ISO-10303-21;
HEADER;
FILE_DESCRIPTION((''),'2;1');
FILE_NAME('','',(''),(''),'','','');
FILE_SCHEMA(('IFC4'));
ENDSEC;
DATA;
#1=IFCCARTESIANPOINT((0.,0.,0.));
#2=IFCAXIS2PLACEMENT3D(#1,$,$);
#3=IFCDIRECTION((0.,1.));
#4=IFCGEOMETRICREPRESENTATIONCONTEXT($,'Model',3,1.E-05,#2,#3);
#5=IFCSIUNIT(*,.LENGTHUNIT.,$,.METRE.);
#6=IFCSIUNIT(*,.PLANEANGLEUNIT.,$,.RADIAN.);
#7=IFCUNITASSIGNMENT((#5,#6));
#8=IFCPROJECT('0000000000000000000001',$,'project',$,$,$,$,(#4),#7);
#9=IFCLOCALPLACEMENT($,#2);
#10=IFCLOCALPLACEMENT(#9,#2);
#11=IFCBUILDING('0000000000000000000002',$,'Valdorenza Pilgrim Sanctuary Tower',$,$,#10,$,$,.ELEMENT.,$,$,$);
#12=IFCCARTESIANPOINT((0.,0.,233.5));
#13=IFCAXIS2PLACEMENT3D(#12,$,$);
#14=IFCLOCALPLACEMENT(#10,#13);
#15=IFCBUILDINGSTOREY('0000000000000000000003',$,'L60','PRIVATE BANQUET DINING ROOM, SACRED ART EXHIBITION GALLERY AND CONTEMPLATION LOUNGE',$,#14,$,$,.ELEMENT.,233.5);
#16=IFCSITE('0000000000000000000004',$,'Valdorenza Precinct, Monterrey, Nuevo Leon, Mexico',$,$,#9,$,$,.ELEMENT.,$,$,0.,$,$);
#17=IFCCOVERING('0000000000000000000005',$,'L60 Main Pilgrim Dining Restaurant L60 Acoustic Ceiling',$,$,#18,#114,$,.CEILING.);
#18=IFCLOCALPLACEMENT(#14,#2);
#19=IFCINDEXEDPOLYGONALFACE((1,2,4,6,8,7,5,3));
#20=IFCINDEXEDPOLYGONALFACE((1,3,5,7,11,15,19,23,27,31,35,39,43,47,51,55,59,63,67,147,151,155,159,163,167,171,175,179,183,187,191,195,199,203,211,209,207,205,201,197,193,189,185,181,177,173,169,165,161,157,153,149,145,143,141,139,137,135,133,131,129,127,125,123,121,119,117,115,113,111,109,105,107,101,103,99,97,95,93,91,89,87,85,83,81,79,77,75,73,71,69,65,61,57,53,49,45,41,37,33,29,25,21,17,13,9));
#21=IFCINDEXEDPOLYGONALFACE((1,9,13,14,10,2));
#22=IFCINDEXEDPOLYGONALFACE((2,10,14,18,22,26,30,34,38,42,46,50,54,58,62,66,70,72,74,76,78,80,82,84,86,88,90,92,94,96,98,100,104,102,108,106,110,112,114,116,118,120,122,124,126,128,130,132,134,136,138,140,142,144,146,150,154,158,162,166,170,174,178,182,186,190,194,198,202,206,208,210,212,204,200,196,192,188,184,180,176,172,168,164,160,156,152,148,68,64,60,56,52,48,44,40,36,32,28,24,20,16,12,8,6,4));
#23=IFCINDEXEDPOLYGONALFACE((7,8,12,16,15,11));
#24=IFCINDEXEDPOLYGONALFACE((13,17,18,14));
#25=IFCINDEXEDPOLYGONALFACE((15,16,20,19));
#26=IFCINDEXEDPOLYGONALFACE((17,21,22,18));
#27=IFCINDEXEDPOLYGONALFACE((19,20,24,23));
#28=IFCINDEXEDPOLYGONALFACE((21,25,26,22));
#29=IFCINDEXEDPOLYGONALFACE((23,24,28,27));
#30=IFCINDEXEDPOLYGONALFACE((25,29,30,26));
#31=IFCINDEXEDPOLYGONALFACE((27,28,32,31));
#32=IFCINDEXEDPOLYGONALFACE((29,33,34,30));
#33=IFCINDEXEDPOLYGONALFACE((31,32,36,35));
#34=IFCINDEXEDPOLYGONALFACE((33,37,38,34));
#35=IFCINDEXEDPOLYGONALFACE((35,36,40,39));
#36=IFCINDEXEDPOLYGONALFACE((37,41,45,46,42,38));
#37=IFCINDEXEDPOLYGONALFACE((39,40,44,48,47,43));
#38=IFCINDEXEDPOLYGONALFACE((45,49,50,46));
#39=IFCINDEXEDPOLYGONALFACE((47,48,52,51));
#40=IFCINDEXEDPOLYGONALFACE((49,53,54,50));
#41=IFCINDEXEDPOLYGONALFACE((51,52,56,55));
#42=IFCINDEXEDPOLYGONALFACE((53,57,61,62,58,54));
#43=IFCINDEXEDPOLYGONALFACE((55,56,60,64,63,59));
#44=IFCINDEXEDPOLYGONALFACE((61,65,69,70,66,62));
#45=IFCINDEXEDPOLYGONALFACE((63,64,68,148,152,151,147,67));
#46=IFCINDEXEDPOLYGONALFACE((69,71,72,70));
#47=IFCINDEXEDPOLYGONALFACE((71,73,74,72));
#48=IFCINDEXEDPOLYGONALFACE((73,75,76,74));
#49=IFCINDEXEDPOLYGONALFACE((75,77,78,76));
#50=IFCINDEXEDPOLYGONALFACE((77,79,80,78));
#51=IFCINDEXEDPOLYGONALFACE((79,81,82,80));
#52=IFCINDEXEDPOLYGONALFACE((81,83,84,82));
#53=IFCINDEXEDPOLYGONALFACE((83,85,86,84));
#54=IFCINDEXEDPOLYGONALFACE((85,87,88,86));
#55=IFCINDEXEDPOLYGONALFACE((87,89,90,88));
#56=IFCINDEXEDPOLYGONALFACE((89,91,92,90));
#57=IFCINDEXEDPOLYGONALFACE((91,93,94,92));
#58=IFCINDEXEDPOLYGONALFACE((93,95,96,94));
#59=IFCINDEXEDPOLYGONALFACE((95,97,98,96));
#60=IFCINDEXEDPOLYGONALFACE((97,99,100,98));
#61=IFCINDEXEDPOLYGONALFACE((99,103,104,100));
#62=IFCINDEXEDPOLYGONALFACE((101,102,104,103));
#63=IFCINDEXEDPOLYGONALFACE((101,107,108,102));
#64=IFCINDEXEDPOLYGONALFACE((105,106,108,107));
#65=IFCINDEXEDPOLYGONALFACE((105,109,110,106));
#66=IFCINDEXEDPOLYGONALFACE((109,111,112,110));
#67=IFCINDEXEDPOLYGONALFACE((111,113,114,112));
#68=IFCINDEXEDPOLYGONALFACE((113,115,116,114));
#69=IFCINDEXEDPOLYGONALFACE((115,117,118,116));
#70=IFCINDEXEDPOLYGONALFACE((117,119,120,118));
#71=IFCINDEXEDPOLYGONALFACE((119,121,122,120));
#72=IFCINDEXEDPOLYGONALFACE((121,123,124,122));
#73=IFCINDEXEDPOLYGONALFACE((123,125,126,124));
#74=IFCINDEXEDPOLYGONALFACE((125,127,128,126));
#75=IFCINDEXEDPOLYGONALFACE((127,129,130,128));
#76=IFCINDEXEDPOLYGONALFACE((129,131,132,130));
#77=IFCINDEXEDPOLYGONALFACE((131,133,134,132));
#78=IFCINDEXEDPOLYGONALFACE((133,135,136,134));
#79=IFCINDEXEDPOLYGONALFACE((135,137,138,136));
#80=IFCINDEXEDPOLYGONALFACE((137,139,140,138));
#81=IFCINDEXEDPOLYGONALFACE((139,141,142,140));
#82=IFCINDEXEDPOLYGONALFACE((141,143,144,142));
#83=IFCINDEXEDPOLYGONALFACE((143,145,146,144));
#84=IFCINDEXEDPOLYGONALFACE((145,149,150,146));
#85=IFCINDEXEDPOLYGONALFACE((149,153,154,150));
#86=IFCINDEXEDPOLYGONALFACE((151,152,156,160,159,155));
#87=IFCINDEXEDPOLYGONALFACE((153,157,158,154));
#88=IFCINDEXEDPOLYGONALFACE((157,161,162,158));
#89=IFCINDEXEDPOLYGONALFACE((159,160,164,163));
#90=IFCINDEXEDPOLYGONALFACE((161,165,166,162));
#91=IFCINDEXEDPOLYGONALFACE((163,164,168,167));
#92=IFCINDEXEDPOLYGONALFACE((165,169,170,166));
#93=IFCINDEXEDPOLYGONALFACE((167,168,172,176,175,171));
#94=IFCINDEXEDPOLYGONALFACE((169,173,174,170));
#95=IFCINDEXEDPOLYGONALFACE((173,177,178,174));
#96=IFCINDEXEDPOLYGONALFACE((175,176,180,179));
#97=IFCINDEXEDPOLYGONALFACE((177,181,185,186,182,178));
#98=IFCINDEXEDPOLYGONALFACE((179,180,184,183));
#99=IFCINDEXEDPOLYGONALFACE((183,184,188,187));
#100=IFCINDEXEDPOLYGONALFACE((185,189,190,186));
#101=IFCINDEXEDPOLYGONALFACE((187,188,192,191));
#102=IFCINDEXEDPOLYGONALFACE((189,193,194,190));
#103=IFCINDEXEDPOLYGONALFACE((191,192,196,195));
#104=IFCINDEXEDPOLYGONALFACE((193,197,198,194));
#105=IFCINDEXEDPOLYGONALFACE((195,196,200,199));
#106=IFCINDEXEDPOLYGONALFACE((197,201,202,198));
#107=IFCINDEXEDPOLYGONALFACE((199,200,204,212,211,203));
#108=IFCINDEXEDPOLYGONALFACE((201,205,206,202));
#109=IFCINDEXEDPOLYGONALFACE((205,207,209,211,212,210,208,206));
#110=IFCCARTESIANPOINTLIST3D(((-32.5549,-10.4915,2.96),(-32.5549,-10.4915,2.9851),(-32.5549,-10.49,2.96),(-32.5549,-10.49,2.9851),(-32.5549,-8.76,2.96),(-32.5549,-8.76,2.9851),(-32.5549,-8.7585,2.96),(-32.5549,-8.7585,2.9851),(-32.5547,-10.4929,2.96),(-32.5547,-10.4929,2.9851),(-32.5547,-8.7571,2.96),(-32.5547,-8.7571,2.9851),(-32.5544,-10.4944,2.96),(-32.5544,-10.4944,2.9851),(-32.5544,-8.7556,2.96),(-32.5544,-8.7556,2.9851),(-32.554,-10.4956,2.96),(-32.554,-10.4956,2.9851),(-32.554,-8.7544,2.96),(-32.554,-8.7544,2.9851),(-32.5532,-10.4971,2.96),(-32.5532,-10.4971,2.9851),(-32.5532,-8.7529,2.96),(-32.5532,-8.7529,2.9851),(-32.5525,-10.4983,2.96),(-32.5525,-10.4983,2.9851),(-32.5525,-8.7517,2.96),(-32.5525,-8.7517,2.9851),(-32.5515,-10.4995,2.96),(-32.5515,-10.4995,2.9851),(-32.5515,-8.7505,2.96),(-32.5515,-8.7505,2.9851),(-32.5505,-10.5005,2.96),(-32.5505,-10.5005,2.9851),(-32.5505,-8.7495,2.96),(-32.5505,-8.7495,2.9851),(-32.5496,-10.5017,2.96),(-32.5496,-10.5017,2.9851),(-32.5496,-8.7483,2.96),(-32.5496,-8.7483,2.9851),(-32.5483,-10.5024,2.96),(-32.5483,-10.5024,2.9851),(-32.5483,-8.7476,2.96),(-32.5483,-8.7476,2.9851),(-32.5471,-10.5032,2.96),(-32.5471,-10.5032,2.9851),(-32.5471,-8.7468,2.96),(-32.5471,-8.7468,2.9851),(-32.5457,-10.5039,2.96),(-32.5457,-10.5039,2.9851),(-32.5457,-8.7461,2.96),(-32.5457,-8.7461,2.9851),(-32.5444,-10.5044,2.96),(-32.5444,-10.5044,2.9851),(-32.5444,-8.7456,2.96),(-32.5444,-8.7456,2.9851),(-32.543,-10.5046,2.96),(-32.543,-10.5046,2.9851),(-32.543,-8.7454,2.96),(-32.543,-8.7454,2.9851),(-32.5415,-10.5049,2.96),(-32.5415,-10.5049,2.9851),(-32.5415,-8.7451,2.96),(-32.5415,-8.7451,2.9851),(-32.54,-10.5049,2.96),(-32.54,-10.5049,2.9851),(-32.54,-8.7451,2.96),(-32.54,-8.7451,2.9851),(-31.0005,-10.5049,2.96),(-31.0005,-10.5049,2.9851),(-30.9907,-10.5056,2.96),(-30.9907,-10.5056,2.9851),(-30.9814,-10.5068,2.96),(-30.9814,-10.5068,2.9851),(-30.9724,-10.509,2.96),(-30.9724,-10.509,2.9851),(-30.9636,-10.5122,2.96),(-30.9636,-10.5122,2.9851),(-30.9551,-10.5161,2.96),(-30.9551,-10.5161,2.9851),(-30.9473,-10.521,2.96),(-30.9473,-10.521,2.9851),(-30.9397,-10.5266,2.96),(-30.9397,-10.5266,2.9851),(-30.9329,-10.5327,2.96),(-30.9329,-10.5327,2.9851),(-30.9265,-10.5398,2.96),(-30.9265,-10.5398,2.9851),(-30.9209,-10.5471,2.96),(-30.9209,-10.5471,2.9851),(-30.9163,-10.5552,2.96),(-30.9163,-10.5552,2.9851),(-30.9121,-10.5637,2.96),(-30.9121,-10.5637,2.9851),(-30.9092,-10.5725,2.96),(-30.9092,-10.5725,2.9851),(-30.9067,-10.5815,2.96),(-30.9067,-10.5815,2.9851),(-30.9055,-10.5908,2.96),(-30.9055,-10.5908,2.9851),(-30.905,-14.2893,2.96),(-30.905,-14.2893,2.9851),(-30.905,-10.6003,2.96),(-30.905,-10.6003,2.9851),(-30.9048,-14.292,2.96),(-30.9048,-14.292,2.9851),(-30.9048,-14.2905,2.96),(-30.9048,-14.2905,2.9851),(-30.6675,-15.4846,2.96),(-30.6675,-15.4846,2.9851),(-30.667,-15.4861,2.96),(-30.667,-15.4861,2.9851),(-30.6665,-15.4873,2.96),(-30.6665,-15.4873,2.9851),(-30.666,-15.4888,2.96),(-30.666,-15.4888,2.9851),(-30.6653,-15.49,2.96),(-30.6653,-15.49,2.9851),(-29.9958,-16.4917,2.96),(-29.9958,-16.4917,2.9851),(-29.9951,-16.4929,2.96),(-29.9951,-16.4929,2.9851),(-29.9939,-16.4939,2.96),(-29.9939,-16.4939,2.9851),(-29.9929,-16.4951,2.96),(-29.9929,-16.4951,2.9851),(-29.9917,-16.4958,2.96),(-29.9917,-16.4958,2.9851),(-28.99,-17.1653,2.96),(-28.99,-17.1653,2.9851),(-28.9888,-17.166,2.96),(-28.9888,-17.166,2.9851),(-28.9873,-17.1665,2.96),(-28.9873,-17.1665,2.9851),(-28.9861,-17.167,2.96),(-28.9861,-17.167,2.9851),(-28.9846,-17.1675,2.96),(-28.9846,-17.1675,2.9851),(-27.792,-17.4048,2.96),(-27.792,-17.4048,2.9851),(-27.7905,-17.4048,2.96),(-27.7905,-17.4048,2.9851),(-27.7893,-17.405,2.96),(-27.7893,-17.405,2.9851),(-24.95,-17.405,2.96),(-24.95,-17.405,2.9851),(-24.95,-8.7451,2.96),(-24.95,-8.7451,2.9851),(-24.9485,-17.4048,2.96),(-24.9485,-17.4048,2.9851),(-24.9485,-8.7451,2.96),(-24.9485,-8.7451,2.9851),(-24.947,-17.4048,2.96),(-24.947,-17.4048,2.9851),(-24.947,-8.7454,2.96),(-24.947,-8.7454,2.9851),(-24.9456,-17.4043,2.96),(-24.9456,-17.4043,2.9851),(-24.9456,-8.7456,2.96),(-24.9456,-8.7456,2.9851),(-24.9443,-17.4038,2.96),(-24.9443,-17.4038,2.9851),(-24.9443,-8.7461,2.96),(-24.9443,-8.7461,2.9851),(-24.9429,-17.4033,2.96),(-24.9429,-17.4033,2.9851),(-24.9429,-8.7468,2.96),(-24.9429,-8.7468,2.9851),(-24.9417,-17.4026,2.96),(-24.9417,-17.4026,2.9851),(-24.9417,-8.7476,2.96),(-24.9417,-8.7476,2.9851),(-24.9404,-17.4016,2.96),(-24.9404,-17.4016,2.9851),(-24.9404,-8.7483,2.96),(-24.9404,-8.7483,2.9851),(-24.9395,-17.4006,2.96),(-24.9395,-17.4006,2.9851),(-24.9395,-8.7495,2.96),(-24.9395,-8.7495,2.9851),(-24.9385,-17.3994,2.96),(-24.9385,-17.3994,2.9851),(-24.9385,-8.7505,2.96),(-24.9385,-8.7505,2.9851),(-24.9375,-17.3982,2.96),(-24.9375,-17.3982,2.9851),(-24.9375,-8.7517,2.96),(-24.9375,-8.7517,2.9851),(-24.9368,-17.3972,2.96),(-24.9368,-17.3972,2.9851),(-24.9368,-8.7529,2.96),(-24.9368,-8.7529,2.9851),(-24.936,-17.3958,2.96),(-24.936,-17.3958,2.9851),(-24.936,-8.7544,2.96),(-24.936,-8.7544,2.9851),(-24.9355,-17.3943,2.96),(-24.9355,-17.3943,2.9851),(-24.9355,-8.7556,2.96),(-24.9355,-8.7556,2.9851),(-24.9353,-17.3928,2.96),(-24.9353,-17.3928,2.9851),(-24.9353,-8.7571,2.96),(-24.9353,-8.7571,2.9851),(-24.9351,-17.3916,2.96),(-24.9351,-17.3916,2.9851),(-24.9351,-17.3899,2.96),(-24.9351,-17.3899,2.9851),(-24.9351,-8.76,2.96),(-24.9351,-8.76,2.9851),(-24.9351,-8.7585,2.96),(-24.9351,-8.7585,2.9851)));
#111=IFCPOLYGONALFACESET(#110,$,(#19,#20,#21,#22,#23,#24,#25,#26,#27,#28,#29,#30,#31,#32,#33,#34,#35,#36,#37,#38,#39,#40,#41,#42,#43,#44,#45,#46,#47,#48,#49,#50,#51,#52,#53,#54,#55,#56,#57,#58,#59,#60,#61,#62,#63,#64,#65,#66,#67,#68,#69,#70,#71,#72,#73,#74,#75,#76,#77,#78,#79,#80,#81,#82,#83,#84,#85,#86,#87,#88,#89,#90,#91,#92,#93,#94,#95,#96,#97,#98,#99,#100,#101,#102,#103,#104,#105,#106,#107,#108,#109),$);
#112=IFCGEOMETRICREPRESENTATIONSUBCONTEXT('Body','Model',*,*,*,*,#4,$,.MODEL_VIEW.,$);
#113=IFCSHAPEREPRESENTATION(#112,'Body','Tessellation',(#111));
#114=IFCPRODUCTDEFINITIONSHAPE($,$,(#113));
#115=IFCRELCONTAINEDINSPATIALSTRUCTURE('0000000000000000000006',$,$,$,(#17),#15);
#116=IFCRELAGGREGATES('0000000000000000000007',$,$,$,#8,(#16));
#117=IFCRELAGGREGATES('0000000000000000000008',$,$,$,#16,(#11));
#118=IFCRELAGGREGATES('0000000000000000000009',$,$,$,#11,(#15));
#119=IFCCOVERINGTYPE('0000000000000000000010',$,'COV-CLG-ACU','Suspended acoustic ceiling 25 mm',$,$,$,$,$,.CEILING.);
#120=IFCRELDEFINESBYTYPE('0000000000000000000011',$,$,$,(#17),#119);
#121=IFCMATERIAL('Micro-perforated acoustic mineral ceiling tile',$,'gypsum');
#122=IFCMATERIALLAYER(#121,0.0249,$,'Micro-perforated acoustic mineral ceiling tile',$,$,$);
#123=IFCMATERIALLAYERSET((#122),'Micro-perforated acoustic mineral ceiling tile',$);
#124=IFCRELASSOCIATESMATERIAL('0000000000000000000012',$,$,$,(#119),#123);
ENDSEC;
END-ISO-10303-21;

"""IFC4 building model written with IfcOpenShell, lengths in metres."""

from ifc_helpers import new_model, si_unit, direction, frame, origin, place, context, subcontext, project, spatial, polyline, outline, extrude, material, layer, layer_set, type_object, element, save


model = new_model("IFC4")

# Units and contexts
model_context = context("Model", 3, precision=1e-05, world=origin(), true_north=direction((0.0, 1.0)))
body_context = subcontext(model_context, "Body", "Model", "MODEL_VIEW")
ifc_project = project(units=[si_unit("LENGTHUNIT", "METRE"), si_unit("PLANEANGLEUNIT", "RADIAN")], contexts=[model_context])

# Site, building, storey
site_placement = place(None, origin())
site = spatial("IfcSite", under=ifc_project, at=site_placement, Name="Valdorenza Precinct, Monterrey, Nuevo Leon, Mexico", CompositionType="ELEMENT", RefElevation=0.0)
building_placement = place(site_placement, origin())
building = spatial("IfcBuilding", under=site, at=building_placement, Name="Valdorenza Pilgrim Sanctuary Tower", CompositionType="ELEMENT")
storey_placement = place(building_placement, frame((0.0, 0.0, 233.5)))
storey = spatial("IfcBuildingStorey", under=building, at=storey_placement, Name="L60", Description="PRIVATE BANQUET DINING ROOM, SACRED ART EXHIBITION GALLERY AND CONTEMPLATION LOUNGE", CompositionType="ELEMENT", Elevation=233.5)

# Covering
ifc_material_1 = material(Name="Micro-perforated acoustic mineral ceiling tile", Category="gypsum")
ifc_layer_1 = layer(ifc_material_1, 0.0249, Name="Micro-perforated acoustic mineral ceiling tile")
ifc_layer_set_1 = layer_set([ifc_layer_1], Name="Micro-perforated acoustic mineral ceiling tile")
covering_type_1 = type_object("IfcCoveringType", Name="COV-CLG-ACU", Description="Suspended acoustic ceiling 25 mm", PredefinedType="CEILING", material=ifc_layer_set_1)
covering_1_placement = place(storey_placement, frame((0.0, 0.0, 2.96)))
element("IfcCovering", 1, at=covering_1_placement, inside=storey, type_object=covering_type_1, Name="L60 Main Pilgrim Dining Restaurant L60 Acoustic Ceiling", PredefinedType="CEILING", context=body_context, shape_type="SweptSolid", body=[
    extrude(outline(polyline([(-24.9351, -17.3899), (-24.9351, -17.3916), (-24.9353, -17.3928), (-24.9355, -17.3943), (-24.936, -17.3958), (-24.9368, -17.3972), (-24.9375, -17.3982), (-24.9385, -17.3994), (-24.9395, -17.4006), (-24.9404, -17.4016), (-24.9417, -17.4026), (-24.9429, -17.4033), (-24.9443, -17.4038), (-24.9456, -17.4043), (-24.947, -17.4048), (-24.9485, -17.4048), (-24.95, -17.405), (-27.7893, -17.405), (-27.7905, -17.4048), (-27.792, -17.4048), (-28.9846, -17.1675), (-28.9861, -17.167), (-28.9873, -17.1665), (-28.9888, -17.166), (-28.99, -17.1653), (-29.9917, -16.4958), (-29.9929, -16.4951), (-29.9939, -16.4939), (-29.9951, -16.4929), (-29.9958, -16.4917), (-30.6653, -15.49), (-30.666, -15.4888), (-30.6665, -15.4873), (-30.667, -15.4861), (-30.6675, -15.4846), (-30.9048, -14.292), (-30.9048, -14.2905), (-30.905, -14.2893), (-30.905, -10.6003), (-30.9055, -10.5908), (-30.9067, -10.5815), (-30.9092, -10.5725), (-30.9121, -10.5637), (-30.9163, -10.5552), (-30.9209, -10.5471), (-30.9265, -10.5398), (-30.9329, -10.5327), (-30.9397, -10.5266), (-30.9473, -10.521), (-30.9551, -10.5161), (-30.9636, -10.5122), (-30.9724, -10.509), (-30.9814, -10.5068), (-30.9907, -10.5056), (-31.0005, -10.5049), (-32.54, -10.5049), (-32.5415, -10.5049), (-32.543, -10.5046), (-32.5444, -10.5044), (-32.5457, -10.5039), (-32.5471, -10.5032), (-32.5483, -10.5024), (-32.5496, -10.5017), (-32.5505, -10.5005), (-32.5515, -10.4995), (-32.5525, -10.4983), (-32.5532, -10.4971), (-32.554, -10.4956), (-32.5544, -10.4944), (-32.5547, -10.4929), (-32.5549, -10.4915), (-32.5549, -10.49), (-32.5549, -8.76), (-32.5549, -8.7585), (-32.5547, -8.7571), (-32.5544, -8.7556), (-32.554, -8.7544), (-32.5532, -8.7529), (-32.5525, -8.7517), (-32.5515, -8.7505), (-32.5505, -8.7495), (-32.5496, -8.7483), (-32.5483, -8.7476), (-32.5471, -8.7468), (-32.5457, -8.7461), (-32.5444, -8.7456), (-32.543, -8.7454), (-32.5415, -8.7451), (-32.54, -8.7451), (-24.95, -8.7451), (-24.9485, -8.7451), (-24.947, -8.7454), (-24.9456, -8.7456), (-24.9443, -8.7461), (-24.9429, -8.7468), (-24.9417, -8.7476), (-24.9404, -8.7483), (-24.9395, -8.7495), (-24.9385, -8.7505), (-24.9375, -8.7517), (-24.9368, -8.7529), (-24.936, -8.7544), (-24.9355, -8.7556), (-24.9353, -8.7571), (-24.9351, -8.7585), (-24.9351, -8.76), (-24.9351, -17.3899)])), origin(), (0.0, 0.0, 1.0), 0.0251),
])

save(model, "model.ifc")
